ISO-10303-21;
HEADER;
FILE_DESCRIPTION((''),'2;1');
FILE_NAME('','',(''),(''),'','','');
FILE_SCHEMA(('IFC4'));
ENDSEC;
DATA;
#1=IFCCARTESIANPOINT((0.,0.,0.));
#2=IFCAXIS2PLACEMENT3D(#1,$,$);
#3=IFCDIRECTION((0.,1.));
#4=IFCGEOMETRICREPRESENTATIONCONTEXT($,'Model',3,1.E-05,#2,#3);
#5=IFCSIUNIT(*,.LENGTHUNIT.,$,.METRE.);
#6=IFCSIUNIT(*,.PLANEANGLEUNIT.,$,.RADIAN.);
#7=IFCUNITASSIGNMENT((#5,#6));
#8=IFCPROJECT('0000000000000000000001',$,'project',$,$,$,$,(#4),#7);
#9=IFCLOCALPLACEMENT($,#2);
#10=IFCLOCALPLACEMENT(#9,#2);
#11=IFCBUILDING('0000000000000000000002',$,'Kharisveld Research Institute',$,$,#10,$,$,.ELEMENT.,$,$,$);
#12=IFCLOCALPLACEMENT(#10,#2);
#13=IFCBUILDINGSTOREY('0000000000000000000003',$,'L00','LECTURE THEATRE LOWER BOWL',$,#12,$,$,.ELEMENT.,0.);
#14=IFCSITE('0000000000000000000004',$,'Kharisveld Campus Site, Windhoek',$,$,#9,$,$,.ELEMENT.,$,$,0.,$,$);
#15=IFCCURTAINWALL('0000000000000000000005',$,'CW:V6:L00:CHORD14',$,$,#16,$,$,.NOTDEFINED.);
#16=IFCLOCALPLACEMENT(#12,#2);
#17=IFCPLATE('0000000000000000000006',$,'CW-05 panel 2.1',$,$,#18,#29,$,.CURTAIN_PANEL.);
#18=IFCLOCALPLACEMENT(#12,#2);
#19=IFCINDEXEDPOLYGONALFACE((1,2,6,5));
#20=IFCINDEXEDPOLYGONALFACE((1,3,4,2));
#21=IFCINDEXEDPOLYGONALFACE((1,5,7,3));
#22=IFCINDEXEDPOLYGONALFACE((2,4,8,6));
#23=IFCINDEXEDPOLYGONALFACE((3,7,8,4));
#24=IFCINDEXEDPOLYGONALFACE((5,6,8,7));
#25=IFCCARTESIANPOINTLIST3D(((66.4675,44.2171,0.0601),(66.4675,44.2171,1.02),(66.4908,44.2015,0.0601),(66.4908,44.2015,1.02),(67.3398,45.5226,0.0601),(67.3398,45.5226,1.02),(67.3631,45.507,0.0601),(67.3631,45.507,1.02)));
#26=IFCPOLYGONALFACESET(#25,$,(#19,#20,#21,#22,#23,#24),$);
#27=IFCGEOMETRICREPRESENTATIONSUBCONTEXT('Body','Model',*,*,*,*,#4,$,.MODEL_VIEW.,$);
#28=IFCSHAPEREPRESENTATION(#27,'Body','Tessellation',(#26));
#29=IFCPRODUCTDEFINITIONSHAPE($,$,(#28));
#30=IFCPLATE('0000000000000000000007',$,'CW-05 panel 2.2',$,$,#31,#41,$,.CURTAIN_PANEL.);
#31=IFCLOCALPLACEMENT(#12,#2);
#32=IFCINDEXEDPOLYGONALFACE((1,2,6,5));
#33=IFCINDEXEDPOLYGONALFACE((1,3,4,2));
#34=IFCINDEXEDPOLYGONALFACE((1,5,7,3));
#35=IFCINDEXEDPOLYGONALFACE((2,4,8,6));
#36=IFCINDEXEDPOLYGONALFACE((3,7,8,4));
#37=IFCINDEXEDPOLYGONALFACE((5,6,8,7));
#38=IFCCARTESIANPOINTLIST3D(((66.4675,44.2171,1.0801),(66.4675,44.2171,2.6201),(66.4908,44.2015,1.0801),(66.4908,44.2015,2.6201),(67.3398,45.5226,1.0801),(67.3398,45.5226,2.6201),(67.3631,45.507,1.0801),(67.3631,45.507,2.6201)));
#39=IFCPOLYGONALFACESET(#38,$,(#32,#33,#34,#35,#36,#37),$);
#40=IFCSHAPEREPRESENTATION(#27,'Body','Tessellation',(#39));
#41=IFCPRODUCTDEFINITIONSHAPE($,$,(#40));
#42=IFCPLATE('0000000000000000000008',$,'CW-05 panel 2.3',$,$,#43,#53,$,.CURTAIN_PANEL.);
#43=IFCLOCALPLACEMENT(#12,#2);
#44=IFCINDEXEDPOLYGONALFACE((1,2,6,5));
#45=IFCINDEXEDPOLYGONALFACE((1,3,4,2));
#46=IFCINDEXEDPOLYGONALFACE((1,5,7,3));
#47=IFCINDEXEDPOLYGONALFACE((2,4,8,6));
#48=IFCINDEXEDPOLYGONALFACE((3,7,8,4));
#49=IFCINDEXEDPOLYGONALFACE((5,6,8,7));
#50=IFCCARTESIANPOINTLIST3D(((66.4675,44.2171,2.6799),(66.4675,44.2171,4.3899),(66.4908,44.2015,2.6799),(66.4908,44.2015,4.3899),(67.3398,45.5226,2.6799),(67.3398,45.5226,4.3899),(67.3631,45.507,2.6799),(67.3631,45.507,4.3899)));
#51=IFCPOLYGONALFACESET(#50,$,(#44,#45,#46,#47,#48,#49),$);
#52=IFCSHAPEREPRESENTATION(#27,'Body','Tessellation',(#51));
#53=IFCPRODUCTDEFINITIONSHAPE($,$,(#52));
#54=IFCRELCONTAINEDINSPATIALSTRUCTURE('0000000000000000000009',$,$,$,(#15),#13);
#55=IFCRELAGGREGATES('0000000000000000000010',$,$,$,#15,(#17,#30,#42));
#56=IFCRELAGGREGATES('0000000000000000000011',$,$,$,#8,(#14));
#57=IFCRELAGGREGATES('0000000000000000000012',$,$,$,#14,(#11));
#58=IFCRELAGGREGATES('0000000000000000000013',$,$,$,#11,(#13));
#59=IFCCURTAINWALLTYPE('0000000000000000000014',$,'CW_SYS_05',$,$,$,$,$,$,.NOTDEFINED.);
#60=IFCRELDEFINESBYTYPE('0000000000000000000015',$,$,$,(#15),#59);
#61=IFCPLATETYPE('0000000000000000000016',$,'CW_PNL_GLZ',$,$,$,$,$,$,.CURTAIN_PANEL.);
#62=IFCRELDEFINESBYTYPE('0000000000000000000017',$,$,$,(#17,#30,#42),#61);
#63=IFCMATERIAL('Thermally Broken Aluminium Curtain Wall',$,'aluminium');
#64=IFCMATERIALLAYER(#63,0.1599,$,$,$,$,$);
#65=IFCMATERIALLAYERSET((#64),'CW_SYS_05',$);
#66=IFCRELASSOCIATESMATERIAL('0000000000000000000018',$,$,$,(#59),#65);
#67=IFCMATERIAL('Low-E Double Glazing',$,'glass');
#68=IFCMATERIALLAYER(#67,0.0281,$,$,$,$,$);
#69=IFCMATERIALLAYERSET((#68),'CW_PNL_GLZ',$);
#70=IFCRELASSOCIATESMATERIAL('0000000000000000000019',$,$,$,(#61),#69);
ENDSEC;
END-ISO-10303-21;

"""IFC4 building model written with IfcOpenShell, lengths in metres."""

from ifc_helpers import new_model, si_unit, direction, frame, origin, origin_2d, place, context, subcontext, project, spatial, rectangle, extrude, material, layer, layer_set, type_object, element, aggregate, save


model = new_model("IFC4")

# Units and contexts
model_context = context("Model", 3, precision=1e-05, world=origin(), true_north=direction((0.0, 1.0)))
body_context = subcontext(model_context, "Body", "Model", "MODEL_VIEW")
ifc_project = project(units=[si_unit("LENGTHUNIT", "METRE"), si_unit("PLANEANGLEUNIT", "RADIAN")], contexts=[model_context])

# Site, building, storey
site_placement = place(None, origin())
site = spatial("IfcSite", under=ifc_project, at=site_placement, Name="Kharisveld Campus Site, Windhoek", CompositionType="ELEMENT", RefElevation=0.0)
building_placement = place(site_placement, origin())
building = spatial("IfcBuilding", under=site, at=building_placement, Name="Kharisveld Research Institute", CompositionType="ELEMENT")
storey_placement = place(building_placement, origin())
storey = spatial("IfcBuildingStorey", under=building, at=storey_placement, Name="L00", Description="LECTURE THEATRE LOWER BOWL", CompositionType="ELEMENT", Elevation=0.0)

# Curtain wall
ifc_material_1 = material(Name="Thermally Broken Aluminium Curtain Wall", Category="aluminium")
ifc_layer_1 = layer(ifc_material_1, 0.1599)
ifc_layer_set_1 = layer_set([ifc_layer_1], Name="CW_SYS_05")
curtain_wall_type_1 = type_object("IfcCurtainWallType", Name="CW_SYS_05", PredefinedType="NOTDEFINED", material=ifc_layer_set_1)
curtain_wall_1_placement = place(storey_placement, origin())
curtain_wall_1 = element("IfcCurtainWall", 1, at=curtain_wall_1_placement, inside=storey, type_object=curtain_wall_type_1, Name="CW:V6:L00:CHORD14", PredefinedType="NOTDEFINED")

# Plates
ifc_material_2 = material(Name="Low-E Double Glazing", Category="glass")
ifc_layer_2 = layer(ifc_material_2, 0.0281)
ifc_layer_set_2 = layer_set([ifc_layer_2], Name="CW_PNL_GLZ")
plate_type = type_object("IfcPlateType", Name="CW_PNL_GLZ", PredefinedType="CURTAIN_PANEL", material=ifc_layer_set_2)
plate_1_placement = place(storey_placement, frame((66.9153, 44.8621, 0.0601), z_axis=(0.0, 0.0, 1.0), x_axis=(-0.55557, -0.83147, 0.0)))
plate_1 = element("IfcPlate", 2, at=plate_1_placement, type_object=plate_type, Name="CW-05 panel 2.1", PredefinedType="CURTAIN_PANEL", context=body_context, shape_type="SweptSolid", body=[
    extrude(rectangle(XDim=1.5701, YDim=0.0281, at=origin_2d()), origin(), (0.0, 0.0, 1.0), 0.96),
])
plate_2_placement = place(storey_placement, frame((66.9153, 44.8621, 1.0801), z_axis=(0.0, 0.0, 1.0), x_axis=(-0.55557, -0.83147, 0.0)))
plate_2 = element("IfcPlate", 3, at=plate_2_placement, type_object=plate_type, Name="CW-05 panel 2.2", PredefinedType="CURTAIN_PANEL", context=body_context, shape_type="SweptSolid", body=[
    extrude(rectangle(XDim=1.5701, YDim=0.0281, at=origin_2d()), origin(), (0.0, 0.0, 1.0), 1.54),
])
plate_3_placement = place(storey_placement, frame((66.9153, 44.8621, 2.6799), z_axis=(0.0, 0.0, 1.0), x_axis=(-0.55557, -0.83147, 0.0)))
plate_3 = element("IfcPlate", 4, at=plate_3_placement, type_object=plate_type, Name="CW-05 panel 2.3", PredefinedType="CURTAIN_PANEL", context=body_context, shape_type="SweptSolid", body=[
    extrude(rectangle(XDim=1.5701, YDim=0.0281, at=origin_2d()), origin(), (0.0, 0.0, 1.0), 1.71),
])
aggregate(curtain_wall_1, [plate_1, plate_2, plate_3])

save(model, "model.ifc")
